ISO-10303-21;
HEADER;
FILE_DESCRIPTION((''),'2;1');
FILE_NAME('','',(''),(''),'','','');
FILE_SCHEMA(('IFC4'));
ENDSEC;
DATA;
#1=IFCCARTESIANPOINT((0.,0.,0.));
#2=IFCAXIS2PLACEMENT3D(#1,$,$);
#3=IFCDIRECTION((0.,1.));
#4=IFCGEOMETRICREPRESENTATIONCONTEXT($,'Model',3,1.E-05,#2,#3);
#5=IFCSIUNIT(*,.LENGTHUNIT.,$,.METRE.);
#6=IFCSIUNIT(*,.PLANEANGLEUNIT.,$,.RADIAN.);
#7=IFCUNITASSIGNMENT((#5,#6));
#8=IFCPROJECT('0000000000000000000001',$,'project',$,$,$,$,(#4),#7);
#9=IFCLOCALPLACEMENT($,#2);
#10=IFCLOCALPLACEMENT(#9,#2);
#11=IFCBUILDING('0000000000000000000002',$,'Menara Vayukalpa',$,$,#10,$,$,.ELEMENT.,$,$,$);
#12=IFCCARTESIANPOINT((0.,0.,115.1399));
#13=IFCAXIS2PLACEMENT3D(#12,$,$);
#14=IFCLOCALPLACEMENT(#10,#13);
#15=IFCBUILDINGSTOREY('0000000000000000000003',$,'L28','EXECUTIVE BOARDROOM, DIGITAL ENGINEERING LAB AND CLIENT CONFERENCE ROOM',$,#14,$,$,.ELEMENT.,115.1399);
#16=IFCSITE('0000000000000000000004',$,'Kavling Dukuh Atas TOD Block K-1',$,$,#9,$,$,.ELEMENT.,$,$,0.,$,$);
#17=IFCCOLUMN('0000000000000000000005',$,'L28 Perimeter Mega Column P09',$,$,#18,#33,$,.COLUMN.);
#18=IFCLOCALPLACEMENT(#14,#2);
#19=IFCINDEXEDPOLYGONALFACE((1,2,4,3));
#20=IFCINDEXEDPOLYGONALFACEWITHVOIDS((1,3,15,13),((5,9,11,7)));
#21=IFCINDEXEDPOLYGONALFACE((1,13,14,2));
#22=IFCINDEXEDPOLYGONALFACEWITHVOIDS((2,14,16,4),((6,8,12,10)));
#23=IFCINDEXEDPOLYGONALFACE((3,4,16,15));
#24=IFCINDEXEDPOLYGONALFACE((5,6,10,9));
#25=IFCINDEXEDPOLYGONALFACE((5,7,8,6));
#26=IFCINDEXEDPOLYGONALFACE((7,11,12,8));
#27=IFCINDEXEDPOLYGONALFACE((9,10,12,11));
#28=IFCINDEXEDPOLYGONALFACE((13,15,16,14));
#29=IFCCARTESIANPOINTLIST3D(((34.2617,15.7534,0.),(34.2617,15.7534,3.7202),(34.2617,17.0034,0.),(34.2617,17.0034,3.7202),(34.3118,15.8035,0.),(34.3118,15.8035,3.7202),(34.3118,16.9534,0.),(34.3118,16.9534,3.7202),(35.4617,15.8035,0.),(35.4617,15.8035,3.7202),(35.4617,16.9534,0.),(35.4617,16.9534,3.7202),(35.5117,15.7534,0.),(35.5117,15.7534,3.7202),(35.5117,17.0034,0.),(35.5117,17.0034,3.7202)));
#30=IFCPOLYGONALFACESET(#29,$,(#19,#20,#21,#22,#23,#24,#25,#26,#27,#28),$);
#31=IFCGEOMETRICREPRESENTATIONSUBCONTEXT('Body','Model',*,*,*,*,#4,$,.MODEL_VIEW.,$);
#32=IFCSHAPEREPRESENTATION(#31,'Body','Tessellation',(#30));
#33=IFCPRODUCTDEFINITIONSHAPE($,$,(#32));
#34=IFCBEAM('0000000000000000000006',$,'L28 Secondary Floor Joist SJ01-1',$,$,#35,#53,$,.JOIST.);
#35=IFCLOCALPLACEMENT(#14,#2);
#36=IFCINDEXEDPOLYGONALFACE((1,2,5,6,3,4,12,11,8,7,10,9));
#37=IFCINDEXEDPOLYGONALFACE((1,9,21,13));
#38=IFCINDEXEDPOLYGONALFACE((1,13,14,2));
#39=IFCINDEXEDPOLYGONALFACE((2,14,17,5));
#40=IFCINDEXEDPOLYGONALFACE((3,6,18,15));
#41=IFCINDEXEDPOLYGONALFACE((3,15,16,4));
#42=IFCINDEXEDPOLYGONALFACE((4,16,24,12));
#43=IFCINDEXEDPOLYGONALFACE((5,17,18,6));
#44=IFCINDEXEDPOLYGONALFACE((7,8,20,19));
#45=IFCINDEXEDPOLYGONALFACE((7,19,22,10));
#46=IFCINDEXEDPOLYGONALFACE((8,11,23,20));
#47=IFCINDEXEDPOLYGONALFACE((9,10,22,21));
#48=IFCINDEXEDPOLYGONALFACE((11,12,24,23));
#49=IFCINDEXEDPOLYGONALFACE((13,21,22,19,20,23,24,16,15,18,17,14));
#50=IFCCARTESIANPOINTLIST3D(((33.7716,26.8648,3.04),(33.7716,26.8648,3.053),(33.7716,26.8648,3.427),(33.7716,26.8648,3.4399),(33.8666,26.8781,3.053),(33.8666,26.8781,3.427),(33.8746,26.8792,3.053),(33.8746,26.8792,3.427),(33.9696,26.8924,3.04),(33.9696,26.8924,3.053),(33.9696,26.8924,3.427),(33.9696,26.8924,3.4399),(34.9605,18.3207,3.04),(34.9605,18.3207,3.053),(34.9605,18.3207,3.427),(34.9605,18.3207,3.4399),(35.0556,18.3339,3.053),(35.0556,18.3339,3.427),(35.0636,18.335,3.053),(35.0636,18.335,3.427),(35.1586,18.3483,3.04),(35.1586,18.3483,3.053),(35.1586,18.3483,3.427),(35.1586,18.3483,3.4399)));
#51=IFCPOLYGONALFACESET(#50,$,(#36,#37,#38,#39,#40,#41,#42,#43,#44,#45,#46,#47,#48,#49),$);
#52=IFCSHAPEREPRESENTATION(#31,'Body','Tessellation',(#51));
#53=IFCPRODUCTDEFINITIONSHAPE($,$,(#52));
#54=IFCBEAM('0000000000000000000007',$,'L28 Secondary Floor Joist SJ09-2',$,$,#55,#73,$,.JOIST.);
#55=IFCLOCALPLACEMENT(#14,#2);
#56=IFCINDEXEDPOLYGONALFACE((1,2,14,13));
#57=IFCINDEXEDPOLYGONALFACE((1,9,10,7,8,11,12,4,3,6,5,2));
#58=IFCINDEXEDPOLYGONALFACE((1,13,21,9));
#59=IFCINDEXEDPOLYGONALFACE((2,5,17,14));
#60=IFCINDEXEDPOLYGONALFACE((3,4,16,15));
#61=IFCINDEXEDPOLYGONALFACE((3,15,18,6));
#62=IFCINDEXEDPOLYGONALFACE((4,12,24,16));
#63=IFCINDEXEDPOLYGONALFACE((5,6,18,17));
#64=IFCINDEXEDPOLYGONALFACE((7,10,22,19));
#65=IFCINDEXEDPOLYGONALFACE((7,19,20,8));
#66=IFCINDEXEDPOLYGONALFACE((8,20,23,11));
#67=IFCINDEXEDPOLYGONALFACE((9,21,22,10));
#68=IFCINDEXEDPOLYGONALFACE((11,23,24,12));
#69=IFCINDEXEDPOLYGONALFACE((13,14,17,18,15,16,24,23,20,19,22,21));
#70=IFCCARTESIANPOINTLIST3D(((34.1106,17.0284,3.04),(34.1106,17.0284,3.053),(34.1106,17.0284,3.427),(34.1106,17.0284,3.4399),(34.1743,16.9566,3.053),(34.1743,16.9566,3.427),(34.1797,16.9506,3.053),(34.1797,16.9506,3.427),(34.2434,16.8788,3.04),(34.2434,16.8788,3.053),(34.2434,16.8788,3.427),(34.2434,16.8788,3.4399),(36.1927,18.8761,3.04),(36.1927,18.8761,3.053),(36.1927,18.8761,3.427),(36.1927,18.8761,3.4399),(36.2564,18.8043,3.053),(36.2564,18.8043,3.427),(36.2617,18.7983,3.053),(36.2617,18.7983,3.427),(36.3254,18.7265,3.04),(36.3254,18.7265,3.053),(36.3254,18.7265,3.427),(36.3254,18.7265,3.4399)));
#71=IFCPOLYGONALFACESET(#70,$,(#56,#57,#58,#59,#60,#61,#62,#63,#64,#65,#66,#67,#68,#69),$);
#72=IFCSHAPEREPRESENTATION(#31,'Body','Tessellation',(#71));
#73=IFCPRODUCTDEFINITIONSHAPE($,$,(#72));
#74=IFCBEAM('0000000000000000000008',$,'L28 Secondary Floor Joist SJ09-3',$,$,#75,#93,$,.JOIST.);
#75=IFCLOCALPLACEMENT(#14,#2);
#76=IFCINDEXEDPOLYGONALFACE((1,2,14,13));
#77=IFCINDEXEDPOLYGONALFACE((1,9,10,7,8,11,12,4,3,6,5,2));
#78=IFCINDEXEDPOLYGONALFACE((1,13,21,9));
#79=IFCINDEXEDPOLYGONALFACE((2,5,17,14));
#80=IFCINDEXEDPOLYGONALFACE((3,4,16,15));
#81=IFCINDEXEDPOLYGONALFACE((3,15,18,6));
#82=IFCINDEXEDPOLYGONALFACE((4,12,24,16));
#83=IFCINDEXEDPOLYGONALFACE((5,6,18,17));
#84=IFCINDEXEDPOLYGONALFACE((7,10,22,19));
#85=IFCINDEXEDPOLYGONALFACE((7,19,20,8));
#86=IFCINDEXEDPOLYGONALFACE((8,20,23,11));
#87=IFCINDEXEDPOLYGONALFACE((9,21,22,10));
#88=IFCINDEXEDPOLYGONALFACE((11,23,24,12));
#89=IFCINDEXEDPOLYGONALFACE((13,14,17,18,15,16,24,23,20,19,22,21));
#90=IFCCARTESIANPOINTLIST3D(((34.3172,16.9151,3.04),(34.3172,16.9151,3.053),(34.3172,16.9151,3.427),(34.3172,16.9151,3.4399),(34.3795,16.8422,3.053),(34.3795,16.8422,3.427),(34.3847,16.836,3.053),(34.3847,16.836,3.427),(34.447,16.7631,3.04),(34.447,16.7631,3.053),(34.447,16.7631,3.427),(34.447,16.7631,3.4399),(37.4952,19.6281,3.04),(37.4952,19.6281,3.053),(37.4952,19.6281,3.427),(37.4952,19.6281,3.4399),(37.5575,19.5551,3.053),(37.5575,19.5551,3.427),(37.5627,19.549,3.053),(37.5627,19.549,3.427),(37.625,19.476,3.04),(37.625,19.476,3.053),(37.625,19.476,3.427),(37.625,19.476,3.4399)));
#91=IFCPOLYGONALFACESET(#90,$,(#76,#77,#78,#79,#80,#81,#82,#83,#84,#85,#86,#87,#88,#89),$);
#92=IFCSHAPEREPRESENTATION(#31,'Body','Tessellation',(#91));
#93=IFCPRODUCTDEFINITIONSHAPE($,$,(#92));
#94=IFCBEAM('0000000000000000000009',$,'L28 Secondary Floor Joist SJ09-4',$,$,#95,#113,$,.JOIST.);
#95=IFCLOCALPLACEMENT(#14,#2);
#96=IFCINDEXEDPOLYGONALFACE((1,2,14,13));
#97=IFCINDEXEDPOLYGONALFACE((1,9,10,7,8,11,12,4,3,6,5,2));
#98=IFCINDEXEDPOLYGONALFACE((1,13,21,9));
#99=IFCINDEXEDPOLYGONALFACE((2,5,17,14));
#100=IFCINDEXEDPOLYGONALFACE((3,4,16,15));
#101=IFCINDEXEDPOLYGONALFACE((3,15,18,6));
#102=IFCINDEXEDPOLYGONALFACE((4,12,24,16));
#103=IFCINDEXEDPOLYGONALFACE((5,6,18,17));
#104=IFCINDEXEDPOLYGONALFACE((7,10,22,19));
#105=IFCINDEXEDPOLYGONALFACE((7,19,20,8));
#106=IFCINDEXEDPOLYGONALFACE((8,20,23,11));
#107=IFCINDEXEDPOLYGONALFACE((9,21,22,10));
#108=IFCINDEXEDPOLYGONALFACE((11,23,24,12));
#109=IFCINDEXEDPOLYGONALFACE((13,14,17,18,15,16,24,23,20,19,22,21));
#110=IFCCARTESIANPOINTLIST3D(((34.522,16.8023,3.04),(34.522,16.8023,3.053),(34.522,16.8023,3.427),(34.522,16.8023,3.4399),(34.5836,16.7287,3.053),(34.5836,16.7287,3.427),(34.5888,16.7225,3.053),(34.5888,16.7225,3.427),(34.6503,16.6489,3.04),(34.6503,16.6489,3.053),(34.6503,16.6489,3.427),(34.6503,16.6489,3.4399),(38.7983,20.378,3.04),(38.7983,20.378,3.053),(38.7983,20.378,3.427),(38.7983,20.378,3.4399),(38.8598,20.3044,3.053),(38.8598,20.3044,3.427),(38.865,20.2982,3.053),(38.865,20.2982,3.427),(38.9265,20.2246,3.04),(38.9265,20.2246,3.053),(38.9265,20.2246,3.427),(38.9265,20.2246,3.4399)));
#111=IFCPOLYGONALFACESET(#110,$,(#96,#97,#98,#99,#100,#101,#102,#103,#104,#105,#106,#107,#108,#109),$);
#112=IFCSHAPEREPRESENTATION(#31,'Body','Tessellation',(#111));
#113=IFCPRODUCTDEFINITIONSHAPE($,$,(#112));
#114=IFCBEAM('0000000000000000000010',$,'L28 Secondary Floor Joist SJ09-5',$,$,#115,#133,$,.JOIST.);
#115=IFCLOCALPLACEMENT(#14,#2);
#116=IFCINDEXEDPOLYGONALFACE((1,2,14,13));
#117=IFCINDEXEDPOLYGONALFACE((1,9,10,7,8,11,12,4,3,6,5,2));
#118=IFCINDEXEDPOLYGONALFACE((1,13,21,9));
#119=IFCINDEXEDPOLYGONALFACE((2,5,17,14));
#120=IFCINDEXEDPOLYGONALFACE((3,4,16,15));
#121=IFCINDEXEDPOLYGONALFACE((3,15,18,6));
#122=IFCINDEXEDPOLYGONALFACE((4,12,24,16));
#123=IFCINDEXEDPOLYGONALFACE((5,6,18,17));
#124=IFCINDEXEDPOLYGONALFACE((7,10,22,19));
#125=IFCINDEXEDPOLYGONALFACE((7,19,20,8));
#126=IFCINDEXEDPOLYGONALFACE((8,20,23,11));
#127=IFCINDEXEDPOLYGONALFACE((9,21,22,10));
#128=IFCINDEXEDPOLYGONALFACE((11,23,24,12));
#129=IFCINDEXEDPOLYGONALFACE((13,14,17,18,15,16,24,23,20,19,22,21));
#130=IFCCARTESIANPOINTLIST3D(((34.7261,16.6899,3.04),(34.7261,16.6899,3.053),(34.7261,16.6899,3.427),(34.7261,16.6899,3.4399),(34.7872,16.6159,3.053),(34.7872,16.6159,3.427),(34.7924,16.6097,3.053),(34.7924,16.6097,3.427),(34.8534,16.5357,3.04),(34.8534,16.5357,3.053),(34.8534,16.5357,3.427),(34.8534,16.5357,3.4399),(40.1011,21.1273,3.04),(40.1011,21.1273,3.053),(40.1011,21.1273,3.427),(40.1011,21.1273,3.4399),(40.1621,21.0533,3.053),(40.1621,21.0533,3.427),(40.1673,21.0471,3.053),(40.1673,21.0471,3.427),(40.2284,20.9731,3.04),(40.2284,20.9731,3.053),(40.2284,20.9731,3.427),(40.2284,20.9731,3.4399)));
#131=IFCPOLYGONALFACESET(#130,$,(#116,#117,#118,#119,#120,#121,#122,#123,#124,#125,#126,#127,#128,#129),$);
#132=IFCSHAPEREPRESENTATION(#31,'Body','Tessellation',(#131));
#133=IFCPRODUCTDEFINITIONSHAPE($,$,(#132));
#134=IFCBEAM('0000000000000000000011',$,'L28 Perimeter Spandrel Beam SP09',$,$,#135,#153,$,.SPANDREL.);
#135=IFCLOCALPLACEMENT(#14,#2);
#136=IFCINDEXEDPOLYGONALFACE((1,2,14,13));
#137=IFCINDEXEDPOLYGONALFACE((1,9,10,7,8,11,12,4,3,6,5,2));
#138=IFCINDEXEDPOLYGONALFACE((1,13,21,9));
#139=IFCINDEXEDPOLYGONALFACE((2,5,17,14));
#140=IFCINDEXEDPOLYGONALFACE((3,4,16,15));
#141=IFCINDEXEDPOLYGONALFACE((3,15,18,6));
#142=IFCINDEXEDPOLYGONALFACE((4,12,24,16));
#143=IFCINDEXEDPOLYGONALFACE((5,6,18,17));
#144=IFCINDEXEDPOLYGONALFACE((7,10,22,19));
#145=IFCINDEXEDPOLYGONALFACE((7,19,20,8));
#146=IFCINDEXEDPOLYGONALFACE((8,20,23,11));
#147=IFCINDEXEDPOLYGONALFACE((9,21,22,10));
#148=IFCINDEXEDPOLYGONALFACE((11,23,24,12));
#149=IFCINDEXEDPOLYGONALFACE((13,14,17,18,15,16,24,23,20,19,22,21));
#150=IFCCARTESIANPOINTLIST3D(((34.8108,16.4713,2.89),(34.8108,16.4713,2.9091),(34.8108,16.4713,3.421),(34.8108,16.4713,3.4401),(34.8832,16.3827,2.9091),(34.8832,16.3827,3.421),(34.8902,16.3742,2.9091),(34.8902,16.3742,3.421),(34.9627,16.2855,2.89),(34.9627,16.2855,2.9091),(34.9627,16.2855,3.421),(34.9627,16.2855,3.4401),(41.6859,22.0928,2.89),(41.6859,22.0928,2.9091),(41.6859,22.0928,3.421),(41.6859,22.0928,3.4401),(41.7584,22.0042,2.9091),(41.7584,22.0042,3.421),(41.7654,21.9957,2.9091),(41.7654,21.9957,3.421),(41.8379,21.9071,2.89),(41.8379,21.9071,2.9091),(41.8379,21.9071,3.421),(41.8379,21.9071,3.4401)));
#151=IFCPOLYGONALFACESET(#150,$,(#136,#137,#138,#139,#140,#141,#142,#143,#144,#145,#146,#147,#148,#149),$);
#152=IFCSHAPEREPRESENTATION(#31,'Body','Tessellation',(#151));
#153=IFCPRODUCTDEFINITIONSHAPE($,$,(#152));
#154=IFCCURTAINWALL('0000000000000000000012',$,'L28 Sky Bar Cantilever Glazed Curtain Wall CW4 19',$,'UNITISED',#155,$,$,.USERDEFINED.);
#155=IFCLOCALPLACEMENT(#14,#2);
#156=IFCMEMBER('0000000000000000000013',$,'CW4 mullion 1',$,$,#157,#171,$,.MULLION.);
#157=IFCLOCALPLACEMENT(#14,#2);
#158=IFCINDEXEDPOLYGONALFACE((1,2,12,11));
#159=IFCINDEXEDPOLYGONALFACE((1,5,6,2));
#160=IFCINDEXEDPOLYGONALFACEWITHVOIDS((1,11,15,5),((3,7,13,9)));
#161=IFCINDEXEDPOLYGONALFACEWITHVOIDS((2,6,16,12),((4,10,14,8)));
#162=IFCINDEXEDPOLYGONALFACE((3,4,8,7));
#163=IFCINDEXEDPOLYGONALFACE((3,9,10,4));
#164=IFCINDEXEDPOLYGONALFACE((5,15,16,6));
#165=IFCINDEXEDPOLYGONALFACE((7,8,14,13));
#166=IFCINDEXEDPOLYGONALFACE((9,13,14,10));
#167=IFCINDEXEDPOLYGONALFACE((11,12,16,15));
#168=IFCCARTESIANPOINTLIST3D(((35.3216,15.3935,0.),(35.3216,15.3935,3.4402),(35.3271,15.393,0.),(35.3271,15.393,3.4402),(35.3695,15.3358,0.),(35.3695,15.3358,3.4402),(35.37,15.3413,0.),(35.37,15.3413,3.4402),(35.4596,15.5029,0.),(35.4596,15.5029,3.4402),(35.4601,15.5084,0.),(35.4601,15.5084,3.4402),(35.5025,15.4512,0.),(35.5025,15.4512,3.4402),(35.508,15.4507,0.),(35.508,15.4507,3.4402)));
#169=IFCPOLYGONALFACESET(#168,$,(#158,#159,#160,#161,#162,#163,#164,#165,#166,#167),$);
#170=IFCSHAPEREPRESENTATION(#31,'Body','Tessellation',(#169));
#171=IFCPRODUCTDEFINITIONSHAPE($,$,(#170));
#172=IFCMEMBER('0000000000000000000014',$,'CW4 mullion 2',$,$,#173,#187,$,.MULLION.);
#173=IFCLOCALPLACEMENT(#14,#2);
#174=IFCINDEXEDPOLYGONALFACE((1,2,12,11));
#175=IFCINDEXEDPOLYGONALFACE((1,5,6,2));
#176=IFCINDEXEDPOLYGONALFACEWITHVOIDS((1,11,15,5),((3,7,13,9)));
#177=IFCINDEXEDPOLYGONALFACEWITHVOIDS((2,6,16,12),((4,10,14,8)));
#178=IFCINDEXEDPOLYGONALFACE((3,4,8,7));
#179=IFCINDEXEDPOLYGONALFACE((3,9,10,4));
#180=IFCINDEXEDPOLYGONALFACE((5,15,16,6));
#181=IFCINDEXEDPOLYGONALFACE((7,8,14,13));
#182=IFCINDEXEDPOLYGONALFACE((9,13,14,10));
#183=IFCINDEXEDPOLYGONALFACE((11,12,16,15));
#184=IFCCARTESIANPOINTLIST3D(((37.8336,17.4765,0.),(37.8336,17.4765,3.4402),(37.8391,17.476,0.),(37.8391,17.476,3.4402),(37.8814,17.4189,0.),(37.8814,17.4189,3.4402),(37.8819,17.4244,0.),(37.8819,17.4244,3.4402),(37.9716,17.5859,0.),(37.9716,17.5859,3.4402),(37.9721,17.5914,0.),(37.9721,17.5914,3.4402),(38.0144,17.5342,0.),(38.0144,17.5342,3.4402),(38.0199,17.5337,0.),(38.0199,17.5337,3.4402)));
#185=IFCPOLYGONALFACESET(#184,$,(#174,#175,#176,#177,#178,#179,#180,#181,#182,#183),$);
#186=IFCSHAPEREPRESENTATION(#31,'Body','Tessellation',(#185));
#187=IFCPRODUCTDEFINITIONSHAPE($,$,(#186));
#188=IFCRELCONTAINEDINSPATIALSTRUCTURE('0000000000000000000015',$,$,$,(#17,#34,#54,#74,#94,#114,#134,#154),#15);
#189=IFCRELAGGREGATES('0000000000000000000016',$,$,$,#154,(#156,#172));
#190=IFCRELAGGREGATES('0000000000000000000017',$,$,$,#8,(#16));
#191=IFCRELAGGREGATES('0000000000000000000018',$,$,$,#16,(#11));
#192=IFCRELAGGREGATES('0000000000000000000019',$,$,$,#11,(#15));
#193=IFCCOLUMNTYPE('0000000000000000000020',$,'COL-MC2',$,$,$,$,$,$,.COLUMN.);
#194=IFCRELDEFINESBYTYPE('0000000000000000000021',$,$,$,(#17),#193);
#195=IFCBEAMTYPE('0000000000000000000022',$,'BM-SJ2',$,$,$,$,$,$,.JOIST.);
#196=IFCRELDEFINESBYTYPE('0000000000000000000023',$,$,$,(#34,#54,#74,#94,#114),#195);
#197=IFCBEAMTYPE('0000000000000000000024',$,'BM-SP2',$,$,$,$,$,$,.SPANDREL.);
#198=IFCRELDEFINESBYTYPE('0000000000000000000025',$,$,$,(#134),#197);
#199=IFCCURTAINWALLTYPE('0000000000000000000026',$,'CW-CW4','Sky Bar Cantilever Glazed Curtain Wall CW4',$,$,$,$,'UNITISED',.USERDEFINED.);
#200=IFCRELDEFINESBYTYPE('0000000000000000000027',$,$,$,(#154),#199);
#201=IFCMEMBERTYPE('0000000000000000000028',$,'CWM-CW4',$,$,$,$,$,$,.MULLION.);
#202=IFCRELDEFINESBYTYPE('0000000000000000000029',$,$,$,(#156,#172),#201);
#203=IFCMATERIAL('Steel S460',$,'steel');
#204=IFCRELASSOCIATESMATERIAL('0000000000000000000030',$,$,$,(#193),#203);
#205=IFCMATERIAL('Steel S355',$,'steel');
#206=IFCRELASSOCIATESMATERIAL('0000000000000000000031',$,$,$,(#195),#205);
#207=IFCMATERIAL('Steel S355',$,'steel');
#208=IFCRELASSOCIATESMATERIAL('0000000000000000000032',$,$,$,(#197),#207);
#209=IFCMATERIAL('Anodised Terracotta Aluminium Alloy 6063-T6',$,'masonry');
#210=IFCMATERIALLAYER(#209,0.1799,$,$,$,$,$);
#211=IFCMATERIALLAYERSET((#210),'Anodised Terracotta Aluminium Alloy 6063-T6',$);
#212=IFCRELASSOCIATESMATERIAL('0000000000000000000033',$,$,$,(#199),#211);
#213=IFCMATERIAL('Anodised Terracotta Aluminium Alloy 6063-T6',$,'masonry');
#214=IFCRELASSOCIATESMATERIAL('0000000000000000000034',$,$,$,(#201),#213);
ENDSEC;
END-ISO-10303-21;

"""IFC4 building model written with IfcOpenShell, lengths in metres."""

from ifc_helpers import new_model, si_unit, direction, frame, origin, origin_2d, place, context, subcontext, project, spatial, hollow_rectangle, i_section, extrude, material, layer, layer_set, material_profile, profile_set, type_object, element, aggregate, save


model = new_model("IFC4")

# Units and contexts
model_context = context("Model", 3, precision=1e-05, world=origin(), true_north=direction((0.0, 1.0)))
body_context = subcontext(model_context, "Body", "Model", "MODEL_VIEW")
ifc_project = project(units=[si_unit("LENGTHUNIT", "METRE"), si_unit("PLANEANGLEUNIT", "RADIAN")], contexts=[model_context])

# Site, building, storey
site_placement = place(None, origin())
site = spatial("IfcSite", under=ifc_project, at=site_placement, Name="Kavling Dukuh Atas TOD Block K-1", CompositionType="ELEMENT", RefElevation=0.0)
building_placement = place(site_placement, origin())
building = spatial("IfcBuilding", under=site, at=building_placement, Name="Menara Vayukalpa", CompositionType="ELEMENT")
storey_placement = place(building_placement, frame((0.0, 0.0, 115.1399)))
storey = spatial("IfcBuildingStorey", under=building, at=storey_placement, Name="L28", Description="EXECUTIVE BOARDROOM, DIGITAL ENGINEERING LAB AND CLIENT CONFERENCE ROOM", CompositionType="ELEMENT", Elevation=115.1399)

# Column
ifc_material_1 = material(Name="Steel S460", Category="steel")
ifc_material_profile_1 = material_profile(ifc_material_1, hollow_rectangle(XDim=1.25, YDim=1.25, WallThickness=0.05, at=origin_2d()), Name="BOX 1250x1250x50")
ifc_profile_set_1 = profile_set([ifc_material_profile_1], Name="Steel S460")
column_type = type_object("IfcColumnType", Name="COL-MC2", PredefinedType="COLUMN", material=ifc_profile_set_1)
column_placement = place(storey_placement, frame((34.8867, 16.3784, 0.0), z_axis=(0.0, 0.0, 1.0), x_axis=(1.0, 0.0, 0.0)))
element("IfcColumn", 1, at=column_placement, inside=storey, type_object=column_type, Name="L28 Perimeter Mega Column P09", PredefinedType="COLUMN", context=body_context, shape_type="SweptSolid", body=[
    extrude(hollow_rectangle(XDim=1.25, YDim=1.25, WallThickness=0.05, at=origin_2d()), origin(), (0.0, 0.0, 1.0), 3.7202),
])

# Beams
ifc_material_2 = material(Name="Steel S355", Category="steel")
ifc_material_profile_2 = material_profile(ifc_material_2, i_section(OverallWidth=0.2, OverallDepth=0.3999, WebThickness=0.0081, FlangeThickness=0.0129, at=origin_2d()), Name="WF 400x200x8x13")
ifc_profile_set_2 = profile_set([ifc_material_profile_2], Name="Steel S355")
beam_type_1 = type_object("IfcBeamType", Name="BM-SJ2", PredefinedType="JOIST", material=ifc_profile_set_2)
beam_1_placement = place(storey_placement, frame((35.0596, 18.3345, 3.24), z_axis=(-0.137827, 0.990456, 0.0), x_axis=(-0.990456, -0.137827, 0.0)))
element("IfcBeam", 2, at=beam_1_placement, inside=storey, type_object=beam_type_1, Name="L28 Secondary Floor Joist SJ01-1", PredefinedType="JOIST", context=body_context, shape_type="SweptSolid", body=[
    extrude(i_section(OverallWidth=0.2, OverallDepth=0.3999, WebThickness=0.0081, FlangeThickness=0.0129, at=origin_2d()), origin(), (0.0, 0.0, 1.0), 8.6265),
])
beam_2_placement = place(storey_placement, frame((34.177, 16.9536, 3.24), z_axis=(0.747951, 0.663754, 0.0), x_axis=(-0.663754, 0.747951, 0.0)))
element("IfcBeam", 3, at=beam_2_placement, inside=storey, type_object=beam_type_1, Name="L28 Secondary Floor Joist SJ09-2", PredefinedType="JOIST", context=body_context, shape_type="SweptSolid", body=[
    extrude(i_section(OverallWidth=0.2, OverallDepth=0.3999, WebThickness=0.0081, FlangeThickness=0.0129, at=origin_2d()), origin(), (0.0, 0.0, 1.0), 2.7837),
])
beam_3_placement = place(storey_placement, frame((34.3821, 16.8391, 3.24), z_axis=(0.760567, 0.64926, 0.0), x_axis=(-0.64926, 0.760567, 0.0)))
element("IfcBeam", 4, at=beam_3_placement, inside=storey, type_object=beam_type_1, Name="L28 Secondary Floor Joist SJ09-3", PredefinedType="JOIST", context=body_context, shape_type="SweptSolid", body=[
    extrude(i_section(OverallWidth=0.2, OverallDepth=0.3999, WebThickness=0.0081, FlangeThickness=0.0129, at=origin_2d()), origin(), (0.0, 0.0, 1.0), 4.1785),
])
beam_4_placement = place(storey_placement, frame((34.5862, 16.7256, 3.24), z_axis=(0.76714, 0.64148, 0.0), x_axis=(-0.64148, 0.76714, 0.0)))
element("IfcBeam", 5, at=beam_4_placement, inside=storey, type_object=beam_type_1, Name="L28 Secondary Floor Joist SJ09-4", PredefinedType="JOIST", context=body_context, shape_type="SweptSolid", body=[
    extrude(i_section(OverallWidth=0.2, OverallDepth=0.3999, WebThickness=0.0081, FlangeThickness=0.0129, at=origin_2d()), origin(), (0.0, 0.0, 1.0), 5.5742),
])
beam_5_placement = place(storey_placement, frame((34.7898, 16.6128, 3.24), z_axis=(0.771153, 0.63665, 0.0), x_axis=(-0.63665, 0.771153, 0.0)))
element("IfcBeam", 6, at=beam_5_placement, inside=storey, type_object=beam_type_1, Name="L28 Secondary Floor Joist SJ09-5", PredefinedType="JOIST", context=body_context, shape_type="SweptSolid", body=[
    extrude(i_section(OverallWidth=0.2, OverallDepth=0.3999, WebThickness=0.0081, FlangeThickness=0.0129, at=origin_2d()), origin(), (0.0, 0.0, 1.0), 6.97),
])
ifc_material_3 = material(Name="Steel S355", Category="steel")
ifc_material_profile_3 = material_profile(ifc_material_3, i_section(OverallWidth=0.24, OverallDepth=0.55, WebThickness=0.011, FlangeThickness=0.019, at=origin_2d()), Name="WF 550x240x11x19")
ifc_profile_set_3 = profile_set([ifc_material_profile_3], Name="Steel S355")
beam_type_2 = type_object("IfcBeamType", Name="BM-SP2", PredefinedType="SPANDREL", material=ifc_profile_set_3)
beam_6_placement = place(storey_placement, frame((34.8867, 16.3784, 3.165), z_axis=(0.774157, 0.632994, 0.0), x_axis=(-0.632994, 0.774157, 0.0)))
element("IfcBeam", 7, at=beam_6_placement, inside=storey, type_object=beam_type_2, Name="L28 Perimeter Spandrel Beam SP09", PredefinedType="SPANDREL", context=body_context, shape_type="SweptSolid", body=[
    extrude(i_section(OverallWidth=0.24, OverallDepth=0.55, WebThickness=0.011, FlangeThickness=0.019, at=origin_2d()), origin(), (0.0, 0.0, 1.0), 8.8809),
])

# Curtain wall, members
ifc_material_4 = material(Name="Anodised Terracotta Aluminium Alloy 6063-T6", Category="masonry")
ifc_layer_1 = layer(ifc_material_4, 0.1799)
ifc_layer_set_1 = layer_set([ifc_layer_1], Name="Anodised Terracotta Aluminium Alloy 6063-T6")
curtain_wall_type = type_object("IfcCurtainWallType", Name="CW-CW4", Description="Sky Bar Cantilever Glazed Curtain Wall CW4", ElementType="UNITISED", PredefinedType="USERDEFINED", material=ifc_layer_set_1)
curtain_wall_placement = place(storey_placement, origin())
curtain_wall = element("IfcCurtainWall", 8, at=curtain_wall_placement, inside=storey, type_object=curtain_wall_type, Name="L28 Sky Bar Cantilever Glazed Curtain Wall CW4 19", ObjectType="UNITISED", PredefinedType="USERDEFINED")
ifc_material_5 = material(Name="Anodised Terracotta Aluminium Alloy 6063-T6", Category="masonry")
ifc_material_profile_4 = material_profile(ifc_material_5, hollow_rectangle(XDim=0.075, YDim=0.1799, WallThickness=0.0039, at=origin_2d()), Name="ALU 75x180x4")
ifc_profile_set_4 = profile_set([ifc_material_profile_4], Name="Anodised Terracotta Aluminium Alloy 6063-T6")
member_type_1 = type_object("IfcMemberType", Name="CWM-CW4", PredefinedType="MULLION", material=ifc_profile_set_4)
member_1_placement = place(storey_placement, frame((35.4148, 15.4221, 0.0), z_axis=(0.0, 0.0, 1.0), x_axis=(-0.638346, 0.76975, 0.0)))
member_1 = element("IfcMember", 9, at=member_1_placement, type_object=member_type_1, Name="CW4 mullion 1", PredefinedType="MULLION", context=body_context, shape_type="SweptSolid", body=[
    extrude(hollow_rectangle(XDim=0.075, YDim=0.1799, WallThickness=0.0039, at=origin_2d()), origin(), (0.0, 0.0, 1.0), 3.4402),
])
member_2_placement = place(storey_placement, frame((37.9268, 17.5051, 0.0), z_axis=(0.0, 0.0, 1.0), x_axis=(-0.638346, 0.76975, 0.0)))
member_2 = element("IfcMember", 10, at=member_2_placement, type_object=member_type_1, Name="CW4 mullion 2", PredefinedType="MULLION", context=body_context, shape_type="SweptSolid", body=[
    extrude(hollow_rectangle(XDim=0.075, YDim=0.1799, WallThickness=0.0039, at=origin_2d()), origin(), (0.0, 0.0, 1.0), 3.4402),
])
aggregate(curtain_wall, [member_1, member_2])

save(model, "model.ifc")
